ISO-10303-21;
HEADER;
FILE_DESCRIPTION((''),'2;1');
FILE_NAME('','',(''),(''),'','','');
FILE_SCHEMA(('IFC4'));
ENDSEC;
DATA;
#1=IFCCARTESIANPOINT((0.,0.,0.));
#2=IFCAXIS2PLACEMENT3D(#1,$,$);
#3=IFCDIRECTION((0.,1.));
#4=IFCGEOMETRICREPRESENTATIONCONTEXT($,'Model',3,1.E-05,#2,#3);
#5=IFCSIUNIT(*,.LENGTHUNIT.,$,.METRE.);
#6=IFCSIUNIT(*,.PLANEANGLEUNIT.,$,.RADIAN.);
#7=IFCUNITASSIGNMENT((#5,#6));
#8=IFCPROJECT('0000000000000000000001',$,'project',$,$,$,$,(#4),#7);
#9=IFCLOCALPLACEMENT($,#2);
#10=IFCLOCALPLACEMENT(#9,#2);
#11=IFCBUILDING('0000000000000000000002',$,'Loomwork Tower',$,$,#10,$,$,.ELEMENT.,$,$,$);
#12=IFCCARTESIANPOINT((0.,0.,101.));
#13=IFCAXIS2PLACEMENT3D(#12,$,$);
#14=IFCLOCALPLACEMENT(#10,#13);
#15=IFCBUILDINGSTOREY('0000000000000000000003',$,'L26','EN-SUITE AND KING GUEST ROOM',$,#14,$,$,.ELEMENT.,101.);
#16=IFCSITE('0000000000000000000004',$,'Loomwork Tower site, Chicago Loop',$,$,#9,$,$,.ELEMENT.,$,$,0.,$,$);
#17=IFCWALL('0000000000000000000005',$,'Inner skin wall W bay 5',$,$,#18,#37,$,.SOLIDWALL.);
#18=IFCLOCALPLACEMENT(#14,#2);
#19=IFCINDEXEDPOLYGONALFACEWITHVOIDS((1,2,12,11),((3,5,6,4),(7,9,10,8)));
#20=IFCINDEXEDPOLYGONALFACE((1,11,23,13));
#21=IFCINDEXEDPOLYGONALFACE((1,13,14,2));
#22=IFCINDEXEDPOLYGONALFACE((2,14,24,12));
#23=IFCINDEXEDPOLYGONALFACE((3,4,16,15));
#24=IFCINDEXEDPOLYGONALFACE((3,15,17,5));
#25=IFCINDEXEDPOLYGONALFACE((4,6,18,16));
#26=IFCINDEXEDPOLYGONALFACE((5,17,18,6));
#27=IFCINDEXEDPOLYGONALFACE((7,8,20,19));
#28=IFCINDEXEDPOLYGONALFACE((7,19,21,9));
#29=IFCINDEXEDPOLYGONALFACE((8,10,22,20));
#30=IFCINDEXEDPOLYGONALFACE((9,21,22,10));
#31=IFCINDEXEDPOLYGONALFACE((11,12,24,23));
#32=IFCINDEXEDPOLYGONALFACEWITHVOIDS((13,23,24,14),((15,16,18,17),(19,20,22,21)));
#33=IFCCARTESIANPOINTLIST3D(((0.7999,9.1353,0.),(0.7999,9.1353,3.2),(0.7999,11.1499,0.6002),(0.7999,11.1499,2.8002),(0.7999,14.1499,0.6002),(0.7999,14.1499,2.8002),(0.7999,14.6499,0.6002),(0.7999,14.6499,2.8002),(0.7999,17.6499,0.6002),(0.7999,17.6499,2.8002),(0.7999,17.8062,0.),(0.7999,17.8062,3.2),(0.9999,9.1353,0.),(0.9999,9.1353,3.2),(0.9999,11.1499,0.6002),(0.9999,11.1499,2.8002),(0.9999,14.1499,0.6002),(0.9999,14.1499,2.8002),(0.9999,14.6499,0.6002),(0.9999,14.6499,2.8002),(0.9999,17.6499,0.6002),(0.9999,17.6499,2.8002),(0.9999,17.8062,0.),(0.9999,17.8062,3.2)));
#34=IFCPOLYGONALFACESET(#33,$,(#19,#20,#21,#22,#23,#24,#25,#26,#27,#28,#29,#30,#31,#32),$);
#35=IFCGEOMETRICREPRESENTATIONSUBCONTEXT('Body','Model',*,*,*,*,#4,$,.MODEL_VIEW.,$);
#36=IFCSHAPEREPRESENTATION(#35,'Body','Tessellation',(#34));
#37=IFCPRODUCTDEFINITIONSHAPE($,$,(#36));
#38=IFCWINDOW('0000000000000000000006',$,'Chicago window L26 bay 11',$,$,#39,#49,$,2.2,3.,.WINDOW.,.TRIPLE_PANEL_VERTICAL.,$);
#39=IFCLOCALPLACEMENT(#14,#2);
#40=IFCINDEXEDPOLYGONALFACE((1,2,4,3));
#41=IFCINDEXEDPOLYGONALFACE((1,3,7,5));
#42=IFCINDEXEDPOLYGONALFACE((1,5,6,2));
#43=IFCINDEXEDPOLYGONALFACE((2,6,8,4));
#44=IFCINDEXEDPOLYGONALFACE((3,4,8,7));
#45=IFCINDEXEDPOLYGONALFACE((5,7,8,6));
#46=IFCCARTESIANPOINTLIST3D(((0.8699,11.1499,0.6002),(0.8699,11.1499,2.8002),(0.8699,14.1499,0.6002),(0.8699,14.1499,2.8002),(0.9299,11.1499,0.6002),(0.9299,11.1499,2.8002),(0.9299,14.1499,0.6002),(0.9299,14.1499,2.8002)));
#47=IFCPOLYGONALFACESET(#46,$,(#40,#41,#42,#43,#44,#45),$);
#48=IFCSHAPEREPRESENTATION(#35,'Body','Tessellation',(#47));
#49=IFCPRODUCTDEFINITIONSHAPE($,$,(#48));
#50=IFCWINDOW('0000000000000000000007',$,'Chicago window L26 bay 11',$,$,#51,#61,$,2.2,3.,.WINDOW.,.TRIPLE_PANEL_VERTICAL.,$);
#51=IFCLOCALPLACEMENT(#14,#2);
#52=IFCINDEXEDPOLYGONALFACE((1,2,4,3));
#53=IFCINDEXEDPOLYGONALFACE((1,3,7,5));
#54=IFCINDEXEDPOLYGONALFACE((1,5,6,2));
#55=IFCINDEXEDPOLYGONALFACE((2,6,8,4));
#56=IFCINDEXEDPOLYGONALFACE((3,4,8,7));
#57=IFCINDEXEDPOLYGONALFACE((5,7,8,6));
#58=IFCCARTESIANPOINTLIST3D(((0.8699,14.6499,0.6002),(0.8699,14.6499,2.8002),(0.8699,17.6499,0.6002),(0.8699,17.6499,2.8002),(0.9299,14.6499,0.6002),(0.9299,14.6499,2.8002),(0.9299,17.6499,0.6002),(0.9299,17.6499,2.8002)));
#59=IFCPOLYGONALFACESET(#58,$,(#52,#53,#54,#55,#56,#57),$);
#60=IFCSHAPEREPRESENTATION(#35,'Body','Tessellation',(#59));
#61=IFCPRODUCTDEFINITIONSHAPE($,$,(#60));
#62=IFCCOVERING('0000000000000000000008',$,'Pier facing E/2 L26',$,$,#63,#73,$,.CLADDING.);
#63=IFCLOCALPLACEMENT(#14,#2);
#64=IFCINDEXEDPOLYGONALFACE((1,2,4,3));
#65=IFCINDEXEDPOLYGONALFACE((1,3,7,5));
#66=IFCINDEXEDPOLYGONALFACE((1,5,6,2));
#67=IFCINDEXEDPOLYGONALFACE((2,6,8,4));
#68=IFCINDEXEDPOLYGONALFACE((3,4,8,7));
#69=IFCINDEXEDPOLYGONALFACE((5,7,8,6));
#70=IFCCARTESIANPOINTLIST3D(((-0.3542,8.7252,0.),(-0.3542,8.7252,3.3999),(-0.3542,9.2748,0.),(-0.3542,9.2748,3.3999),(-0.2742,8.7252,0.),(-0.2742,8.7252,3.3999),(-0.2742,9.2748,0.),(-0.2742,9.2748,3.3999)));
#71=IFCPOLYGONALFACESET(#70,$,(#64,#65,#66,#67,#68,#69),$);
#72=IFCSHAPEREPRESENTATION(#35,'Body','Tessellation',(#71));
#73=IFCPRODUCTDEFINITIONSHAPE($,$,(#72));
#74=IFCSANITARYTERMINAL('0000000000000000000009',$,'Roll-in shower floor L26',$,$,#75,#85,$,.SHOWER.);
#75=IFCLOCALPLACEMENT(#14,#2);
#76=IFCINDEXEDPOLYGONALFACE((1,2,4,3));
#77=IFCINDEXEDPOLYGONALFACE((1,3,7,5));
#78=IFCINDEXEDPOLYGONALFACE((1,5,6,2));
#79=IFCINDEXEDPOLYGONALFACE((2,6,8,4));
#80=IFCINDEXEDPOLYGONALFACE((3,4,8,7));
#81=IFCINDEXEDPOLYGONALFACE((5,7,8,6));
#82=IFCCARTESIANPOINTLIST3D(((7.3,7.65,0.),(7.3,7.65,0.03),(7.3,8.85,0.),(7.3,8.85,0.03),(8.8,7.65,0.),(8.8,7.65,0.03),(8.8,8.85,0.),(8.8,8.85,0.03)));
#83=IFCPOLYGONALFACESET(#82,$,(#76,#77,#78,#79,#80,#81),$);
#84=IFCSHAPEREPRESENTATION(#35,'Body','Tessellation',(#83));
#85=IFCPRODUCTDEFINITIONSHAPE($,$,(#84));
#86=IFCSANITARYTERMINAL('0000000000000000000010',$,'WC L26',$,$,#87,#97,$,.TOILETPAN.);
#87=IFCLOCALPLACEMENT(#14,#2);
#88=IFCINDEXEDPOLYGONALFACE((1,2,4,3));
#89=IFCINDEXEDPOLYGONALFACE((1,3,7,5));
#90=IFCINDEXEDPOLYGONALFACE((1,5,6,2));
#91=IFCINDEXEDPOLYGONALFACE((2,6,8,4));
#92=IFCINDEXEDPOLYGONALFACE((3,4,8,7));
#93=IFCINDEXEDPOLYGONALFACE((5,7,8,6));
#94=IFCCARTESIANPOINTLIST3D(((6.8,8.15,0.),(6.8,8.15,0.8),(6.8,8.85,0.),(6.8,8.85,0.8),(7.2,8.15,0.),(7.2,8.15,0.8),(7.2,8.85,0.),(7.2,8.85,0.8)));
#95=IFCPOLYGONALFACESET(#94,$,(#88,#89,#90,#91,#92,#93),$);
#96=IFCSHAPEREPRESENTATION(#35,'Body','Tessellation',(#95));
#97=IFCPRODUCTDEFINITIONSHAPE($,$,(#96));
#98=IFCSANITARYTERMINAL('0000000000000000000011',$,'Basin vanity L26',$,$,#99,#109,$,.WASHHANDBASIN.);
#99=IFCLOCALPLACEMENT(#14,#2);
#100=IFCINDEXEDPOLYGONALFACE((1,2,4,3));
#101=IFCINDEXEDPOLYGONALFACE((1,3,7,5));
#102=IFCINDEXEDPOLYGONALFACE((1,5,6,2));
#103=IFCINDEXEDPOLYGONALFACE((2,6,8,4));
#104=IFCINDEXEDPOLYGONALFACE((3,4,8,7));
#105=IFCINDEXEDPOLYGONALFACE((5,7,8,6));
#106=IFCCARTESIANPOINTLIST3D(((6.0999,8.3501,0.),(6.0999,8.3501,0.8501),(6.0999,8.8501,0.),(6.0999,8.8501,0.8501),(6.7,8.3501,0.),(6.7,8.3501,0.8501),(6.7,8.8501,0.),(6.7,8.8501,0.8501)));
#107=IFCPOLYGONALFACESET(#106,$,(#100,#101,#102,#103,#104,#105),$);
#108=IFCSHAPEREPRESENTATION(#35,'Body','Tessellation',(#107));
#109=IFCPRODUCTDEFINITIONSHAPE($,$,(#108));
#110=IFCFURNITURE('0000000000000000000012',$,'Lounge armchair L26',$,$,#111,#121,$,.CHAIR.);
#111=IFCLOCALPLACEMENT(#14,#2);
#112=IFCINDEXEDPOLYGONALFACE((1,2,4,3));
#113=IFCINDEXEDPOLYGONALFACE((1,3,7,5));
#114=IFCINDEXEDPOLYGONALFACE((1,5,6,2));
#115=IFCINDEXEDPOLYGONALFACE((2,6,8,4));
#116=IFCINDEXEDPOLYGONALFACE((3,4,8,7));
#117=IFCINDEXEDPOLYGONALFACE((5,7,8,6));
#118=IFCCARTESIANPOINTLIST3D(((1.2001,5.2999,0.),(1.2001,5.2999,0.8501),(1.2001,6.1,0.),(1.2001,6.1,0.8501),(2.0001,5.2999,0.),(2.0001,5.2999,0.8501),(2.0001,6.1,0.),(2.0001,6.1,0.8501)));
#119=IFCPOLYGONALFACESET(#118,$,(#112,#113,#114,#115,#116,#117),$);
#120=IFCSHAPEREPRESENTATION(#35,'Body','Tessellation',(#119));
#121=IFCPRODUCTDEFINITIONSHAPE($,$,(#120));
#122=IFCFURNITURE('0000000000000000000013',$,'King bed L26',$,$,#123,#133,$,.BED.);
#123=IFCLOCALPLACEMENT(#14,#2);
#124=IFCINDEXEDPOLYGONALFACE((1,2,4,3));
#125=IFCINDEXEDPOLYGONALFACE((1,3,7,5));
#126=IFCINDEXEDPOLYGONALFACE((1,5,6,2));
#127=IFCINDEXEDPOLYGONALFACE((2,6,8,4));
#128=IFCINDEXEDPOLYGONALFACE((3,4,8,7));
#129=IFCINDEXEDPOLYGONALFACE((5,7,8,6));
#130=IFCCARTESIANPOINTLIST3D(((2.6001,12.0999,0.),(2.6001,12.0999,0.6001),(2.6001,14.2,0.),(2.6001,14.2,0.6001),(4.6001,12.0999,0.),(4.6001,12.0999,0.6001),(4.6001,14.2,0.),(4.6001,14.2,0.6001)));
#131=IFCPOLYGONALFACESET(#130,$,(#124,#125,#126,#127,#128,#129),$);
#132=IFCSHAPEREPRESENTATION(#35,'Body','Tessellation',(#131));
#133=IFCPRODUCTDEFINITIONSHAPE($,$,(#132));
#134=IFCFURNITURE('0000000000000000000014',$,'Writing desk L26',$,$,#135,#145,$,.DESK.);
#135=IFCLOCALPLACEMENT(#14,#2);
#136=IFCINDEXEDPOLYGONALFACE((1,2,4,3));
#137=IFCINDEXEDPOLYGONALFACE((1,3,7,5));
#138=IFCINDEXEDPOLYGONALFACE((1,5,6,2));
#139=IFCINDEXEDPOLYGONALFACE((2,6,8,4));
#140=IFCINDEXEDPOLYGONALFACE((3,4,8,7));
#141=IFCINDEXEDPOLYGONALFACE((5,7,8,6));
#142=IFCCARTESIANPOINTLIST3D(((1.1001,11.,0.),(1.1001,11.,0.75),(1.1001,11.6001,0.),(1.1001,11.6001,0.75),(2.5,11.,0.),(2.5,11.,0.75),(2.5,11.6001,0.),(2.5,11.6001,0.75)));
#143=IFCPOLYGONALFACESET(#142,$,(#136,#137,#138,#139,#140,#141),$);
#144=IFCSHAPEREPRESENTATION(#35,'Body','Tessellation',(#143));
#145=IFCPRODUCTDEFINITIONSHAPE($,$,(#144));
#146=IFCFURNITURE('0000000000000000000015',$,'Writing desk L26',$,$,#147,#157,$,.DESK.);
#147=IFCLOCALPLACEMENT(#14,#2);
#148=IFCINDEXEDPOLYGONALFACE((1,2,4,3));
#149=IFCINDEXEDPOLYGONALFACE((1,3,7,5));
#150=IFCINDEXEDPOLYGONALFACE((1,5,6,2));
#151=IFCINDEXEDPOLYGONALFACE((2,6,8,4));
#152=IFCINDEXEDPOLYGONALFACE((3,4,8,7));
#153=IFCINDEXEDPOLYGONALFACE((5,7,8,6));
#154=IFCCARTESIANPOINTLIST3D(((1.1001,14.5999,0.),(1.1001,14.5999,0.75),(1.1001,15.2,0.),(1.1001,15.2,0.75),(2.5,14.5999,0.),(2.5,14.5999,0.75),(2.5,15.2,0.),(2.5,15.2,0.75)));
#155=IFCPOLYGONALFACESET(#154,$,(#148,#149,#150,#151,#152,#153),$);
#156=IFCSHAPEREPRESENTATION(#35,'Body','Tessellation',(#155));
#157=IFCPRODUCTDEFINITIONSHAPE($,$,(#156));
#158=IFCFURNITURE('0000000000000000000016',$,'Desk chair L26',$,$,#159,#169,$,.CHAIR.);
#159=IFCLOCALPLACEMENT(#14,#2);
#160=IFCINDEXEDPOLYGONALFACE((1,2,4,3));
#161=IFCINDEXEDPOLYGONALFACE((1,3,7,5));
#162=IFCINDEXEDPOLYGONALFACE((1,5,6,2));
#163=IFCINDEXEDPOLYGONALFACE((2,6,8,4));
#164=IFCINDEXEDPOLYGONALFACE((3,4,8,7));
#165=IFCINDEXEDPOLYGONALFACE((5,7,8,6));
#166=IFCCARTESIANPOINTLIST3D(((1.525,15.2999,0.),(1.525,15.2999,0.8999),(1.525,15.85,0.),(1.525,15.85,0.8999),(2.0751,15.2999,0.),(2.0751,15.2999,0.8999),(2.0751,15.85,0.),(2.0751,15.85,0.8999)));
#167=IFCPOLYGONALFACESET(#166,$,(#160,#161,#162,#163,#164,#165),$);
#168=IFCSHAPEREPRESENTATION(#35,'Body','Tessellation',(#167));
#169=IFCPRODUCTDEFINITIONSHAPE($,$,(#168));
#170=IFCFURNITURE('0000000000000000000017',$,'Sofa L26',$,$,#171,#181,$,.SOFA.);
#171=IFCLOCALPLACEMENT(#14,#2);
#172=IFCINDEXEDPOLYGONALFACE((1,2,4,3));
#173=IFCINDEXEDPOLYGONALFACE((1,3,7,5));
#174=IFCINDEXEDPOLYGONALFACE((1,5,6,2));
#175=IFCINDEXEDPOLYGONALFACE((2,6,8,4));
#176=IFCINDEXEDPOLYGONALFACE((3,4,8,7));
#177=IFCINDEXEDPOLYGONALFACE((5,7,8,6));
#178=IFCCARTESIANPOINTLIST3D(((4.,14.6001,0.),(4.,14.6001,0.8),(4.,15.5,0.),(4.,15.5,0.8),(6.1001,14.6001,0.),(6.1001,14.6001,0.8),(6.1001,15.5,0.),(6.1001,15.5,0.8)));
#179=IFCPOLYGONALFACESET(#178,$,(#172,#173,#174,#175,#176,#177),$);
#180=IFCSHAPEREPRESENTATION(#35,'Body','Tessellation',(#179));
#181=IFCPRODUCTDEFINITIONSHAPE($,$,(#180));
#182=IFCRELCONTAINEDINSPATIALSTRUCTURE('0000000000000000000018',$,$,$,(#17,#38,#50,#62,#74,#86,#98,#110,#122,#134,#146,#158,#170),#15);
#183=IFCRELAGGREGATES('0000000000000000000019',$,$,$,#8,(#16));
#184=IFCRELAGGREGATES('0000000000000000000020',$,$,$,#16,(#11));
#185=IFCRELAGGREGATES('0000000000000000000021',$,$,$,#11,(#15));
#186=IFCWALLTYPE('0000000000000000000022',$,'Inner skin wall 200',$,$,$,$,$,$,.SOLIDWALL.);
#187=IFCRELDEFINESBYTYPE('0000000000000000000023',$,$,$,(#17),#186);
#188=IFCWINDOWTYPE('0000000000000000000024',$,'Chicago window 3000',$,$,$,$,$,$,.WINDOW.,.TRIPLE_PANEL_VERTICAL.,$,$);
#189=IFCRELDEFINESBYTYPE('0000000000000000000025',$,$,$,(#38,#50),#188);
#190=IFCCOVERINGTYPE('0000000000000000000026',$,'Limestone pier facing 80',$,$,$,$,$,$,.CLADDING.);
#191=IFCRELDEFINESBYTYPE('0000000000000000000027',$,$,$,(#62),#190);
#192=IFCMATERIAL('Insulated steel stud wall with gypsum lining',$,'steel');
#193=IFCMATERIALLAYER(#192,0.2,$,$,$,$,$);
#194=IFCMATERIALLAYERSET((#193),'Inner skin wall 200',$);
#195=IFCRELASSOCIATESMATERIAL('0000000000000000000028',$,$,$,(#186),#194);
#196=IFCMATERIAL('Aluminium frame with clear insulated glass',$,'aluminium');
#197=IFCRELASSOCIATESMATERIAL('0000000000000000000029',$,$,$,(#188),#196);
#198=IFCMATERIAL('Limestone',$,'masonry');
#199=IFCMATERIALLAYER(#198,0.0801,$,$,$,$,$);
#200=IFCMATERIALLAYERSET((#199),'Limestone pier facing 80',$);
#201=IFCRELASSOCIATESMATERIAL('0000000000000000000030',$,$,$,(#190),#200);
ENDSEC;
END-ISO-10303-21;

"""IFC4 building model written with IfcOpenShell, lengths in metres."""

from ifc_helpers import new_model, si_unit, direction, frame, frame_2d, origin, origin_2d, place, context, subcontext, project, spatial, rectangle, extrude, material, layer, layer_set, type_object, element, fill, save


model = new_model("IFC4")

# Units and contexts
model_context = context("Model", 3, precision=1e-05, world=origin(), true_north=direction((0.0, 1.0)))
body_context = subcontext(model_context, "Body", "Model", "MODEL_VIEW")
ifc_project = project(units=[si_unit("LENGTHUNIT", "METRE"), si_unit("PLANEANGLEUNIT", "RADIAN")], contexts=[model_context])

# Site, building, storey
site_placement = place(None, origin())
site = spatial("IfcSite", under=ifc_project, at=site_placement, Name="Loomwork Tower site, Chicago Loop", CompositionType="ELEMENT", RefElevation=0.0)
building_placement = place(site_placement, origin())
building = spatial("IfcBuilding", under=site, at=building_placement, Name="Loomwork Tower", CompositionType="ELEMENT")
storey_placement = place(building_placement, frame((0.0, 0.0, 101.0)))
storey = spatial("IfcBuildingStorey", under=building, at=storey_placement, Name="L26", Description="EN-SUITE AND KING GUEST ROOM", CompositionType="ELEMENT", Elevation=101.0)

# Shared definitions
ifc_material_1 = material(Name="Insulated steel stud wall with gypsum lining", Category="steel")
ifc_layer_1 = layer(ifc_material_1, 0.2)
ifc_layer_set_1 = layer_set([ifc_layer_1], Name="Inner skin wall 200")
wall_type_1 = type_object("IfcWallType", Name="Inner skin wall 200", PredefinedType="SOLIDWALL", material=ifc_layer_set_1)

# Wall, openings, windows
wall_1_placement = place(storey_placement, frame((0.8999, 9.1353, 0.0), z_axis=(0.0, 0.0, 1.0), x_axis=(0.0, 1.0, 0.0)))
wall_1 = element("IfcWall", 1, at=wall_1_placement, inside=storey, type_object=wall_type_1, Name="Inner skin wall W bay 5", PredefinedType="SOLIDWALL", context=body_context, shape_type="SweptSolid", body=[
    extrude(rectangle(XDim=8.6709, YDim=0.2, at=frame_2d((4.3354, 0.0))), origin(), (0.0, 0.0, 1.0), 3.2),
])
opening_1_placement = place(wall_1_placement, frame((2.0146, 0.0, 0.6001)))
opening_1 = element("IfcOpeningElement", 2, at=opening_1_placement, cuts=wall_1, PredefinedType="OPENING", context=body_context, shape_type="SweptSolid", body=[
    extrude(rectangle(XDim=3.0, YDim=2.2, at=frame_2d((1.5, 1.1001))), frame((0.0, 0.1099, 0.0), z_axis=(0.0, -1.0, 0.0), x_axis=(1.0, 0.0, 0.0)), (0.0, 0.0, 1.0), 0.22),
])
opening_2_placement = place(wall_1_placement, frame((5.5146, 0.0, 0.6001)))
opening_2 = element("IfcOpeningElement", 3, at=opening_2_placement, cuts=wall_1, PredefinedType="OPENING", context=body_context, shape_type="SweptSolid", body=[
    extrude(rectangle(XDim=3.0, YDim=2.2, at=frame_2d((1.5, 1.1001))), frame((0.0, 0.1099, 0.0), z_axis=(0.0, -1.0, 0.0), x_axis=(1.0, 0.0, 0.0)), (0.0, 0.0, 1.0), 0.22),
])
ifc_material_2 = material(Name="Aluminium frame with clear insulated glass", Category="aluminium")
window_type = type_object("IfcWindowType", Name="Chicago window 3000", PartitioningType="TRIPLE_PANEL_VERTICAL", PredefinedType="WINDOW", material=ifc_material_2)
window_1_placement = place(opening_1_placement, origin())
window_1 = element("IfcWindow", 4, at=window_1_placement, inside=storey, type_object=window_type, Name="Chicago window L26 bay 11", OverallHeight=2.2, OverallWidth=3.0, PartitioningType="TRIPLE_PANEL_VERTICAL", PredefinedType="WINDOW", context=body_context, shape_type="SweptSolid", body=[
    extrude(rectangle(XDim=3.0, YDim=2.2, at=frame_2d((1.5, 1.1001))), frame((0.0, 0.03, 0.0), z_axis=(0.0, -1.0, 0.0), x_axis=(1.0, 0.0, 0.0)), (0.0, 0.0, 1.0), 0.0601),
])
fill(opening_1, window_1)
window_2_placement = place(opening_2_placement, origin())
window_2 = element("IfcWindow", 5, at=window_2_placement, inside=storey, type_object=window_type, Name="Chicago window L26 bay 11", OverallHeight=2.2, OverallWidth=3.0, PartitioningType="TRIPLE_PANEL_VERTICAL", PredefinedType="WINDOW", context=body_context, shape_type="SweptSolid", body=[
    extrude(rectangle(XDim=3.0, YDim=2.2, at=frame_2d((1.5, 1.1001))), frame((0.0, 0.03, 0.0), z_axis=(0.0, -1.0, 0.0), x_axis=(1.0, 0.0, 0.0)), (0.0, 0.0, 1.0), 0.0601),
])
fill(opening_2, window_2)

# Covering
ifc_material_3 = material(Name="Limestone", Category="masonry")
ifc_layer_2 = layer(ifc_material_3, 0.0801)
ifc_layer_set_2 = layer_set([ifc_layer_2], Name="Limestone pier facing 80")
covering_type = type_object("IfcCoveringType", Name="Limestone pier facing 80", PredefinedType="CLADDING", material=ifc_layer_set_2)
covering_placement = place(storey_placement, frame((-0.3142, 9.0, 0.0), z_axis=(0.0, 0.0, 1.0), x_axis=(1.0, 0.0, 0.0)))
element("IfcCovering", 6, at=covering_placement, inside=storey, type_object=covering_type, Name="Pier facing E/2 L26", PredefinedType="CLADDING", context=body_context, shape_type="SweptSolid", body=[
    extrude(rectangle(XDim=0.0801, YDim=0.5496, at=origin_2d()), origin(), (0.0, 0.0, 1.0), 3.3999),
])

# Sanitary terminals
sanitary_terminal_1_placement = place(storey_placement, frame((8.05, 8.25, 0.0), z_axis=(0.0, 0.0, 1.0), x_axis=(1.0, 0.0, 0.0)))
element("IfcSanitaryTerminal", 7, at=sanitary_terminal_1_placement, inside=storey, Name="Roll-in shower floor L26", PredefinedType="SHOWER", context=body_context, shape_type="SweptSolid", body=[
    extrude(rectangle(XDim=1.5, YDim=1.2, at=origin_2d()), origin(), (0.0, 0.0, 1.0), 0.03),
])
sanitary_terminal_2_placement = place(storey_placement, frame((7.0, 8.5, 0.0), z_axis=(0.0, 0.0, 1.0), x_axis=(1.0, 0.0, 0.0)))
element("IfcSanitaryTerminal", 8, at=sanitary_terminal_2_placement, inside=storey, Name="WC L26", PredefinedType="TOILETPAN", context=body_context, shape_type="SweptSolid", body=[
    extrude(rectangle(XDim=0.3999, YDim=0.7, at=origin_2d()), origin(), (0.0, 0.0, 1.0), 0.8),
])
sanitary_terminal_3_placement = place(storey_placement, frame((6.3999, 8.6001, 0.0), z_axis=(0.0, 0.0, 1.0), x_axis=(1.0, 0.0, 0.0)))
element("IfcSanitaryTerminal", 9, at=sanitary_terminal_3_placement, inside=storey, Name="Basin vanity L26", PredefinedType="WASHHANDBASIN", context=body_context, shape_type="SweptSolid", body=[
    extrude(rectangle(XDim=0.6001, YDim=0.5, at=origin_2d()), origin(), (0.0, 0.0, 1.0), 0.8501),
])

# Furniture
furniture_1_placement = place(storey_placement, frame((1.6001, 5.7, 0.0), z_axis=(0.0, 0.0, 1.0), x_axis=(1.0, 0.0, 0.0)))
element("IfcFurniture", 10, at=furniture_1_placement, inside=storey, Name="Lounge armchair L26", PredefinedType="CHAIR", context=body_context, shape_type="SweptSolid", body=[
    extrude(rectangle(XDim=0.8, YDim=0.8, at=origin_2d()), origin(), (0.0, 0.0, 1.0), 0.8501),
])
furniture_2_placement = place(storey_placement, frame((3.6001, 13.1499, 0.0), z_axis=(0.0, 0.0, 1.0), x_axis=(1.0, 0.0, 0.0)))
element("IfcFurniture", 11, at=furniture_2_placement, inside=storey, Name="King bed L26", PredefinedType="BED", context=body_context, shape_type="SweptSolid", body=[
    extrude(rectangle(XDim=2.0, YDim=2.1001, at=origin_2d()), origin(), (0.0, 0.0, 1.0), 0.6001),
])
for number, where, z_axis, x_axis, name in (
    (12, (1.8, 11.3, 0.0), (0.0, 0.0, 1.0), (1.0, 0.0, 0.0), "Writing desk L26"),
    (13, (1.8, 14.8999, 0.0), (0.0, 0.0, 1.0), (1.0, 0.0, 0.0), "Writing desk L26"),
):
    element("IfcFurniture", number, at=place(storey_placement, frame(where, z_axis=z_axis, x_axis=x_axis)), inside=storey, Name=name, PredefinedType="DESK", context=body_context, shape_type="SweptSolid", body=[
        extrude(rectangle(XDim=1.3999, YDim=0.6001, at=origin_2d()), origin(), (0.0, 0.0, 1.0), 0.75),
    ])
furniture_3_placement = place(storey_placement, frame((1.8, 15.575, 0.0), z_axis=(0.0, 0.0, 1.0), x_axis=(1.0, 0.0, 0.0)))
element("IfcFurniture", 14, at=furniture_3_placement, inside=storey, Name="Desk chair L26", PredefinedType="CHAIR", context=body_context, shape_type="SweptSolid", body=[
    extrude(rectangle(XDim=0.55, YDim=0.55, at=origin_2d()), origin(), (0.0, 0.0, 1.0), 0.8999),
])
furniture_4_placement = place(storey_placement, frame((5.05, 15.05, 0.0), z_axis=(0.0, 0.0, 1.0), x_axis=(1.0, 0.0, 0.0)))
element("IfcFurniture", 15, at=furniture_4_placement, inside=storey, Name="Sofa L26", PredefinedType="SOFA", context=body_context, shape_type="SweptSolid", body=[
    extrude(rectangle(XDim=2.1001, YDim=0.8999, at=origin_2d()), origin(), (0.0, 0.0, 1.0), 0.8),
])

save(model, "model.ifc")
